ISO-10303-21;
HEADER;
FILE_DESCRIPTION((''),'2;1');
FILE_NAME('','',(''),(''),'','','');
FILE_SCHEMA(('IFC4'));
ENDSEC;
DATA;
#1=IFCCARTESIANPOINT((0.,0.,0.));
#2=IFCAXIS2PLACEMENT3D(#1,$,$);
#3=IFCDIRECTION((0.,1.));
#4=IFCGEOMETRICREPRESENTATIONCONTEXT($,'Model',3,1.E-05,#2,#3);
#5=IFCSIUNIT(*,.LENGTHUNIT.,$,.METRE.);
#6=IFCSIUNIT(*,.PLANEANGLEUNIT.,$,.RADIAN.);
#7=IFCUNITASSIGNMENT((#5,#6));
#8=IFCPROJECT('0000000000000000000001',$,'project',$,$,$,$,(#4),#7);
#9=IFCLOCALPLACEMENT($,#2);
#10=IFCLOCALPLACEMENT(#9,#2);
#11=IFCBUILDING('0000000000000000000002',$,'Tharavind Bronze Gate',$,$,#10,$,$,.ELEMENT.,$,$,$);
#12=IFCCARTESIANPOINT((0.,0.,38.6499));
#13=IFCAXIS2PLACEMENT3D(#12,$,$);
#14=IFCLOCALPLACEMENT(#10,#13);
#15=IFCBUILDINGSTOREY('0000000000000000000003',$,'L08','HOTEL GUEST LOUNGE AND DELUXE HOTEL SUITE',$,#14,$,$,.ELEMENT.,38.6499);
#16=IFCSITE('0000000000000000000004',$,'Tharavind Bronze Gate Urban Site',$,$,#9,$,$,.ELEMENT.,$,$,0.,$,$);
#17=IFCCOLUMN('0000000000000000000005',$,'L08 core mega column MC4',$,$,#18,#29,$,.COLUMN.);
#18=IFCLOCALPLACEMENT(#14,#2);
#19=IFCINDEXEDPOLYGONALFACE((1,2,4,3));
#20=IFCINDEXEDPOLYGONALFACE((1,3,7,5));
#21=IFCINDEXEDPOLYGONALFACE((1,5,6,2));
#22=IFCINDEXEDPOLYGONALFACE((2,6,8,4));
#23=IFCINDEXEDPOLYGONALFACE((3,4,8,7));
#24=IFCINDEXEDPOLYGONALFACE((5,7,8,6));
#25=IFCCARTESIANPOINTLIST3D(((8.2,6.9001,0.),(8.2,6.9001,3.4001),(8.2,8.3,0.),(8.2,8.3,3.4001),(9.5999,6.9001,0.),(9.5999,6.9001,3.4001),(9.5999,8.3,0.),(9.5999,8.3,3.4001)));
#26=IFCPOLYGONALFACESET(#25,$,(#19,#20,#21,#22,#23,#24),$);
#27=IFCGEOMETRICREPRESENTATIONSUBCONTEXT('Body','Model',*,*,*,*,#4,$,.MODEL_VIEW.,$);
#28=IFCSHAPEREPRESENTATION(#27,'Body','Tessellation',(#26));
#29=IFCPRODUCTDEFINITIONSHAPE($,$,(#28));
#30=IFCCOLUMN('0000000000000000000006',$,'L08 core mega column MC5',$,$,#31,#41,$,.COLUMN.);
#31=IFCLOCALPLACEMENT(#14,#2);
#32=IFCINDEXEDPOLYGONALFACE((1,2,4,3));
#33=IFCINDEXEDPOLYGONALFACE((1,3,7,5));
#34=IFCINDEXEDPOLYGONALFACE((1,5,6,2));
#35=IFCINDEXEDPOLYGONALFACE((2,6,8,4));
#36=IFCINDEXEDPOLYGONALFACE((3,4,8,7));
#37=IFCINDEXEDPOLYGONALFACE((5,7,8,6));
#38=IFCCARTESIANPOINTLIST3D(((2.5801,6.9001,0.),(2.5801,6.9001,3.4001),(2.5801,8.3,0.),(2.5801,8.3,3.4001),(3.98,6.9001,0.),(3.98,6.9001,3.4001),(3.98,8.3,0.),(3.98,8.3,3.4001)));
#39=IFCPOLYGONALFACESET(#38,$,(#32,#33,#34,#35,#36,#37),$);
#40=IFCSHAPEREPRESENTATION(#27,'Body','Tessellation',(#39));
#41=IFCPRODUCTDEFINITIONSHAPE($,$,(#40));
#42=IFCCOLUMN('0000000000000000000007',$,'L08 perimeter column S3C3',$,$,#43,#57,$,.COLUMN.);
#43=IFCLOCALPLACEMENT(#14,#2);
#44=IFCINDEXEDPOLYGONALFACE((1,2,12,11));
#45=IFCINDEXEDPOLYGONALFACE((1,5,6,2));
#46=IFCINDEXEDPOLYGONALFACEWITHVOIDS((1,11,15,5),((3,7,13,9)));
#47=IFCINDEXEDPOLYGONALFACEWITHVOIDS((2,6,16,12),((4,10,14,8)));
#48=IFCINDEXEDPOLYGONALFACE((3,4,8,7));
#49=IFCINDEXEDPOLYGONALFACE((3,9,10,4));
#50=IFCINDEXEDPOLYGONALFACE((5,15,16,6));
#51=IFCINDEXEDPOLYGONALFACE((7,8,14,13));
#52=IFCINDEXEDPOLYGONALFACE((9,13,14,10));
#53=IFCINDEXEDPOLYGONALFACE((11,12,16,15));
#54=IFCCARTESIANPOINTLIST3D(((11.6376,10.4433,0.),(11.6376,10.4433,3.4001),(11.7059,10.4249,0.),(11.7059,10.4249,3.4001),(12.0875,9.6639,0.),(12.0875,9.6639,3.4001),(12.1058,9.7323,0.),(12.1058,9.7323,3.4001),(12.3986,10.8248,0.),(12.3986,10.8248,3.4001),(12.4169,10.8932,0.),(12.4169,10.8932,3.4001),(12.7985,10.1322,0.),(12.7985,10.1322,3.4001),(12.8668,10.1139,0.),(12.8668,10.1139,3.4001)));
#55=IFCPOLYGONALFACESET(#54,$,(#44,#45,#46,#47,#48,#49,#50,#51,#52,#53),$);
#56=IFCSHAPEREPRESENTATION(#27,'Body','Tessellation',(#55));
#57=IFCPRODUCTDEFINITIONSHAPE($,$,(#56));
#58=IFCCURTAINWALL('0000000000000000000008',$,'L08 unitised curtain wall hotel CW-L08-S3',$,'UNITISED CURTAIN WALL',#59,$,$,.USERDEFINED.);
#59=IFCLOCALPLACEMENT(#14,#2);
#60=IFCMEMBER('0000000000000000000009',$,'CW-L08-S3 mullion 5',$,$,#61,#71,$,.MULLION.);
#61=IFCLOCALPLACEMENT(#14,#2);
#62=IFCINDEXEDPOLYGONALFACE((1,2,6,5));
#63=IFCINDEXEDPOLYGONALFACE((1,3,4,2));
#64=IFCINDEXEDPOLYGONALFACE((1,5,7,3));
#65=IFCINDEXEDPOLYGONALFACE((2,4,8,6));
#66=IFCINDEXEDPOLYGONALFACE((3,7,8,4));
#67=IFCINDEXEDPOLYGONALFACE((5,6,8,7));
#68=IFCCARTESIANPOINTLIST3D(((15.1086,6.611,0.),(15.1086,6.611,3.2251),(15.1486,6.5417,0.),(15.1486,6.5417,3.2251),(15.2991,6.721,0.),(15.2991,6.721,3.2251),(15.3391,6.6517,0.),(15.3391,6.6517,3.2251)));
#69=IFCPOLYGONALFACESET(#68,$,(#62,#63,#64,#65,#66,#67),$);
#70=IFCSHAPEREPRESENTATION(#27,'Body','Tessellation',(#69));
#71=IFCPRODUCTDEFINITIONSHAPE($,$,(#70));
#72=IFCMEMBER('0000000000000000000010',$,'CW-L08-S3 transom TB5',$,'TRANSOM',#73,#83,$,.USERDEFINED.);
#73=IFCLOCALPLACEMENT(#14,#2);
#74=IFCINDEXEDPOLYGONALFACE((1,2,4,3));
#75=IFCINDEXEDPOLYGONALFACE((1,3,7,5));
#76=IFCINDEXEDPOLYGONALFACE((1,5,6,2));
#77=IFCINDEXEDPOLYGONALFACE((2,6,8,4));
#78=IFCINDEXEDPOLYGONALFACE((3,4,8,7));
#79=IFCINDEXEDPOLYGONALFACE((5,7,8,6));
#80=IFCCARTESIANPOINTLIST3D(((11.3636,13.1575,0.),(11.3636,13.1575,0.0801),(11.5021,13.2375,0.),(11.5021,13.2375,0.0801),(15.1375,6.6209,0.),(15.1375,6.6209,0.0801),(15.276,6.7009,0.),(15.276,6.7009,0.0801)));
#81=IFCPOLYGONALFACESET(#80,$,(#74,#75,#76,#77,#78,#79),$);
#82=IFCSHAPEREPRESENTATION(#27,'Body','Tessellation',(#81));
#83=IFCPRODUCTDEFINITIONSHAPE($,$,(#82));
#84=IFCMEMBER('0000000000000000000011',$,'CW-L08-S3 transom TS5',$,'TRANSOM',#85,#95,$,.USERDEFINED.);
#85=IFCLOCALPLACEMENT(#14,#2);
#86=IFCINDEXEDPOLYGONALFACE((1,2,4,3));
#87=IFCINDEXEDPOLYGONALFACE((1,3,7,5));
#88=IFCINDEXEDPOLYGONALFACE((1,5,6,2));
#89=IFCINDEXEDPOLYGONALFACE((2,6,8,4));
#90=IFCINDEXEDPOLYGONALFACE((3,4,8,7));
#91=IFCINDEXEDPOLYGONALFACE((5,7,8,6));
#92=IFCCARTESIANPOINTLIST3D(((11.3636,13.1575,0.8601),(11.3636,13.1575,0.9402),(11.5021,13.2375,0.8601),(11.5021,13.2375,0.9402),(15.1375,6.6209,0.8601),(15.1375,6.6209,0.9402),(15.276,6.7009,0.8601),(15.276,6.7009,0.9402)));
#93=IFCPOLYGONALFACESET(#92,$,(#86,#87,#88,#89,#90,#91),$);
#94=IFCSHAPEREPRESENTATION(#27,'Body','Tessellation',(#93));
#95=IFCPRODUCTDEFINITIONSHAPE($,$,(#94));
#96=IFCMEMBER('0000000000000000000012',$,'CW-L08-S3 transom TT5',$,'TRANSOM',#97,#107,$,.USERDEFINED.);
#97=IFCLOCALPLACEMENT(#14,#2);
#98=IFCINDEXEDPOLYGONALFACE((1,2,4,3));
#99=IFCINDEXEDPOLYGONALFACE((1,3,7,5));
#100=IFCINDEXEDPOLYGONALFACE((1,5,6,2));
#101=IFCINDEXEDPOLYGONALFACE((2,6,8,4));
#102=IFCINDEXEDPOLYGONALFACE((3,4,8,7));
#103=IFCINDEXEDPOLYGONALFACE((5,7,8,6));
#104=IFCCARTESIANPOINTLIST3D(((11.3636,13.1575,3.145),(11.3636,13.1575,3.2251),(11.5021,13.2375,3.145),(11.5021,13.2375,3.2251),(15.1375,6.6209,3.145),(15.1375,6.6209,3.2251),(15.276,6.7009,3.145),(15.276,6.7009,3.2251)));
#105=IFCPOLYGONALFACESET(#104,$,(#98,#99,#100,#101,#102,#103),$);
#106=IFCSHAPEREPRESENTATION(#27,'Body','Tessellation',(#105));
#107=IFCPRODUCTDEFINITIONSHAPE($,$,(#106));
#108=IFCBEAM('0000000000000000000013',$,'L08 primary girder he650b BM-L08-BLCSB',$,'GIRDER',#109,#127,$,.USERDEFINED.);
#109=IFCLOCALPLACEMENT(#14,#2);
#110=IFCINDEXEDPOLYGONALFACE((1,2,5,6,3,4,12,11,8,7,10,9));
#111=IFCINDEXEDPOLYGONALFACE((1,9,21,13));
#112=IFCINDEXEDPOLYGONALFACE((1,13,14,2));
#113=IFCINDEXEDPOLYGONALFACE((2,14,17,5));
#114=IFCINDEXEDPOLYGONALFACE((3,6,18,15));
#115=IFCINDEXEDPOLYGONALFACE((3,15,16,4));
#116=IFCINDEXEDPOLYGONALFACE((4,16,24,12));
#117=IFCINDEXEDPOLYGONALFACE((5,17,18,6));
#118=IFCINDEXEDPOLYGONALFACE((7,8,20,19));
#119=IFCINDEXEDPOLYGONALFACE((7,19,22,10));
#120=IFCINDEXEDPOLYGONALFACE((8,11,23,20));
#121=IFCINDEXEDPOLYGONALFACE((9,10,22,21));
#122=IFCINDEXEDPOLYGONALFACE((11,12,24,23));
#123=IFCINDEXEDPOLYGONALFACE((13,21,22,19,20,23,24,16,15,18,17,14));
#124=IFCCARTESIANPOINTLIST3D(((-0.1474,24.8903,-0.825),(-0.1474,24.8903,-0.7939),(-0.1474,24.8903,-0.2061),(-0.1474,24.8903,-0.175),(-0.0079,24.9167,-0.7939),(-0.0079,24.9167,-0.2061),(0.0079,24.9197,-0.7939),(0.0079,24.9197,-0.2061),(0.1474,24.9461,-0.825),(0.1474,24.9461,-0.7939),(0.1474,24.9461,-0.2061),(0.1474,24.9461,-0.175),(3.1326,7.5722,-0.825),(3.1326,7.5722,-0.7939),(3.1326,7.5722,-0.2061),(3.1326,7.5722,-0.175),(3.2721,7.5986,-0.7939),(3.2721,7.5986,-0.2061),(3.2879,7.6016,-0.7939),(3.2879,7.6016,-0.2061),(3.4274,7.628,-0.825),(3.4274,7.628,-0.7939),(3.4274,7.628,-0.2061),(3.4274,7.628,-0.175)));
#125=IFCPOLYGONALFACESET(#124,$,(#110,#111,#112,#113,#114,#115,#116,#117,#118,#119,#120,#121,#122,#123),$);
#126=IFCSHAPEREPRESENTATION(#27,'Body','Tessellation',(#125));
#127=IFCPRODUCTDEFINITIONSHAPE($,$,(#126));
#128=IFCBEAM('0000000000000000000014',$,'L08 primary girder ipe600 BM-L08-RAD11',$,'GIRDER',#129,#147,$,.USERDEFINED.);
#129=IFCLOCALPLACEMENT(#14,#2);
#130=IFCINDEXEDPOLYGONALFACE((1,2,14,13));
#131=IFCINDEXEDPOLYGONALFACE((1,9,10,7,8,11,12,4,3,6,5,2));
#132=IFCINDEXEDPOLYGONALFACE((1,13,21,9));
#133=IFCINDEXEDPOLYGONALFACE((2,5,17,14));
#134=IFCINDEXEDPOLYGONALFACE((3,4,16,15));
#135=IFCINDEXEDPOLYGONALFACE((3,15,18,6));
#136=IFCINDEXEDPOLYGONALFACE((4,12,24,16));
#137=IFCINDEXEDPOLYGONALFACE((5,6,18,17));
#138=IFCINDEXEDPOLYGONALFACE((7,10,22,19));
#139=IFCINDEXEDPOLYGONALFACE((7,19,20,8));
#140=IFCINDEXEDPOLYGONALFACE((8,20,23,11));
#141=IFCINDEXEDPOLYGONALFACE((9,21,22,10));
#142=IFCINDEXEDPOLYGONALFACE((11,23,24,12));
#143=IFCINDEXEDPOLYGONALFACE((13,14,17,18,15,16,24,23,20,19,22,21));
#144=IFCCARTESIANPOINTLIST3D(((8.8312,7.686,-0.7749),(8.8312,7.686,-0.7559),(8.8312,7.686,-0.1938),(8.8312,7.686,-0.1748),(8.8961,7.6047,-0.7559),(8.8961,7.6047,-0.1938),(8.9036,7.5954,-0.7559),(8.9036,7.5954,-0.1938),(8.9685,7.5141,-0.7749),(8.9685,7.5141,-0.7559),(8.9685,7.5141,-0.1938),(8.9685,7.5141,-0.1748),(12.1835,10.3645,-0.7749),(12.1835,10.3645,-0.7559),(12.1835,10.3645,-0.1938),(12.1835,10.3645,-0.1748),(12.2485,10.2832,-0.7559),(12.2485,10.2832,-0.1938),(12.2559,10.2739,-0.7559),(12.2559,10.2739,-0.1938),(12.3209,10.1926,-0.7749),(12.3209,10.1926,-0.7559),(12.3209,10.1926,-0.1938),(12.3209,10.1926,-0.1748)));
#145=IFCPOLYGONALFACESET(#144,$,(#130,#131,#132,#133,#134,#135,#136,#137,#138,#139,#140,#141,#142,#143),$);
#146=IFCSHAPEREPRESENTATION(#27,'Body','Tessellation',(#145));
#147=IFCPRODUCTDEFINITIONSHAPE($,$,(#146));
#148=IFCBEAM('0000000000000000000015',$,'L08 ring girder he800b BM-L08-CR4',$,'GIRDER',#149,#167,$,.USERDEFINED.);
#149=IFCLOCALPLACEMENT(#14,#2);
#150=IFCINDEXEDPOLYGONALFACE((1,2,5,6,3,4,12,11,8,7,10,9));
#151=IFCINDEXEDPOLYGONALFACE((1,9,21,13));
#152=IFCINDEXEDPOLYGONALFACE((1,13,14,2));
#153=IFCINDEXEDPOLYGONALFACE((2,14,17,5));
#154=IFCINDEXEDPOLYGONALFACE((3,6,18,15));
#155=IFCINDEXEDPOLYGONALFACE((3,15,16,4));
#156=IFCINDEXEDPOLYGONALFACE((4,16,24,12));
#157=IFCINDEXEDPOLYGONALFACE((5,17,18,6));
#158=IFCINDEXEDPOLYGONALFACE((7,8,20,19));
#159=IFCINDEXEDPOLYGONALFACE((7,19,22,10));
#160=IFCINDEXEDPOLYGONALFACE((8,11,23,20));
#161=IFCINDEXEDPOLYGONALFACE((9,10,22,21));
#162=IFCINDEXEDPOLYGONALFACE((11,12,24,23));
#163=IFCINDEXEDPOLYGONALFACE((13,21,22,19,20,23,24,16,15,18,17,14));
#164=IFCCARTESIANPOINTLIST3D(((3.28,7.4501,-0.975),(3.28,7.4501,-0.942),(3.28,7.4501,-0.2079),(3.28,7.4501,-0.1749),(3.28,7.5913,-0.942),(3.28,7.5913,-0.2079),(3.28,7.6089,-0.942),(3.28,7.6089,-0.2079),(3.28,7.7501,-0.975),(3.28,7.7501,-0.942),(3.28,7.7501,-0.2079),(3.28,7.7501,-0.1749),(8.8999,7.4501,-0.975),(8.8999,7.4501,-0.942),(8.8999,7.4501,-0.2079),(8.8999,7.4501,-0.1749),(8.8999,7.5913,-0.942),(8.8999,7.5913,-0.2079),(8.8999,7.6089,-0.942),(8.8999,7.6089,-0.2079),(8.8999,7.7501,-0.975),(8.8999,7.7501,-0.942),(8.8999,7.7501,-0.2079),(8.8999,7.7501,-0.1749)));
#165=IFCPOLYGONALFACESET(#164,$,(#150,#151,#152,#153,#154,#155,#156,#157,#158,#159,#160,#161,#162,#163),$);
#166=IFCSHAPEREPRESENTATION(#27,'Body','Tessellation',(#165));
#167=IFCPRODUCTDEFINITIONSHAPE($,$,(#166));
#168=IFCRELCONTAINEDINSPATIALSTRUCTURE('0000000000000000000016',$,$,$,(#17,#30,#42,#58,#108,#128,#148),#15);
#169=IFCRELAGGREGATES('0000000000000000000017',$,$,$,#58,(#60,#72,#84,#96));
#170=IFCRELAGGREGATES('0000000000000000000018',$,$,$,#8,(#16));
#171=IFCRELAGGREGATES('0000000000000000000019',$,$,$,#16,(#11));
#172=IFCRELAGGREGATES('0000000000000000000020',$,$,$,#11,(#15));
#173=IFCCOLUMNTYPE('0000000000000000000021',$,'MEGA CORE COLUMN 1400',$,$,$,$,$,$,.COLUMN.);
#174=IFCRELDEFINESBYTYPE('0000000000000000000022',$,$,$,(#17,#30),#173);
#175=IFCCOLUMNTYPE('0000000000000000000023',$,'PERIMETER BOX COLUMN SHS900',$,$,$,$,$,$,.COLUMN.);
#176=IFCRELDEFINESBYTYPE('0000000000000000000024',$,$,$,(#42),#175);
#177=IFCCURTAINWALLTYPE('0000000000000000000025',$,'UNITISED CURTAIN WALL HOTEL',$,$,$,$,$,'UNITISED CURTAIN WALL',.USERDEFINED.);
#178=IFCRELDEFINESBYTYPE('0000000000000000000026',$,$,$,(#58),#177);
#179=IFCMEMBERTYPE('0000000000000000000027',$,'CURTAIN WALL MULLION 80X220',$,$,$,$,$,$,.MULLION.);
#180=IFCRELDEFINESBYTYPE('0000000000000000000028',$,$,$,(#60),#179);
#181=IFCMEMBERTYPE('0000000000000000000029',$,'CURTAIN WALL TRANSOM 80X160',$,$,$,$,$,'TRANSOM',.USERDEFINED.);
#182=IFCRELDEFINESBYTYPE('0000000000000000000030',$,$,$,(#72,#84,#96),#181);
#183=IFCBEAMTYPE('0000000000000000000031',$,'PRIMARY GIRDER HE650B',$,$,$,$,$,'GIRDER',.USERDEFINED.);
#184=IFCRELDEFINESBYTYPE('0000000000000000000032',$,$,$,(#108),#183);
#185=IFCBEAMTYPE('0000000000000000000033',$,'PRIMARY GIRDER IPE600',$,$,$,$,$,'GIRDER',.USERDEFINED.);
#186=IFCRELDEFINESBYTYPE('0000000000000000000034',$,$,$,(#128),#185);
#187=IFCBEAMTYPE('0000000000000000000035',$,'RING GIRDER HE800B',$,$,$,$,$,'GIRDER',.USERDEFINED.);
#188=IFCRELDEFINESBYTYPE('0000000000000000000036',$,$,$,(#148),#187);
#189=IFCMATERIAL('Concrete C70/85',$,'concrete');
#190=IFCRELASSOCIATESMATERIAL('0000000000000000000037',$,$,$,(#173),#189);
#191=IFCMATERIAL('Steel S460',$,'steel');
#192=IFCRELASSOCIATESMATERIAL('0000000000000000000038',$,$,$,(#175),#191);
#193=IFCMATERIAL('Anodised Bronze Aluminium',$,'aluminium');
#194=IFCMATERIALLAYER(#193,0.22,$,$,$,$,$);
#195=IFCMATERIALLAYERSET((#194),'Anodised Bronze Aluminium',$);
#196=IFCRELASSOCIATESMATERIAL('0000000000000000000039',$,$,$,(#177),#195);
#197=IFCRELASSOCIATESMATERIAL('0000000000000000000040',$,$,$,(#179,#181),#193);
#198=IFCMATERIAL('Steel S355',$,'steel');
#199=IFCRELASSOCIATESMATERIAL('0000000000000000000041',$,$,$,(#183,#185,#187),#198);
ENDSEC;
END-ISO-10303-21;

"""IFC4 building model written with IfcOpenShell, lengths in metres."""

from ifc_helpers import new_model, si_unit, direction, frame, origin, origin_2d, place, context, subcontext, project, spatial, rectangle, hollow_rectangle, i_section, extrude, material, layer, layer_set, material_profile, profile_set, type_object, element, aggregate, save


model = new_model("IFC4")

# Units and contexts
model_context = context("Model", 3, precision=1e-05, world=origin(), true_north=direction((0.0, 1.0)))
body_context = subcontext(model_context, "Body", "Model", "MODEL_VIEW")
ifc_project = project(units=[si_unit("LENGTHUNIT", "METRE"), si_unit("PLANEANGLEUNIT", "RADIAN")], contexts=[model_context])

# Site, building, storey
site_placement = place(None, origin())
site = spatial("IfcSite", under=ifc_project, at=site_placement, Name="Tharavind Bronze Gate Urban Site", CompositionType="ELEMENT", RefElevation=0.0)
building_placement = place(site_placement, origin())
building = spatial("IfcBuilding", under=site, at=building_placement, Name="Tharavind Bronze Gate", CompositionType="ELEMENT")
storey_placement = place(building_placement, frame((0.0, 0.0, 38.6499)))
storey = spatial("IfcBuildingStorey", under=building, at=storey_placement, Name="L08", Description="HOTEL GUEST LOUNGE AND DELUXE HOTEL SUITE", CompositionType="ELEMENT", Elevation=38.6499)

# Columns
ifc_material_1 = material(Name="Concrete C70/85", Category="concrete")
ifc_material_profile_1 = material_profile(ifc_material_1, rectangle(XDim=1.3999, YDim=1.3999, at=origin_2d()), Name="RCCOL1400")
ifc_profile_set_1 = profile_set([ifc_material_profile_1], Name="Concrete C70/85")
column_type_1 = type_object("IfcColumnType", Name="MEGA CORE COLUMN 1400", PredefinedType="COLUMN", material=ifc_profile_set_1)
for number, where, z_axis, x_axis, name in (
    (1, (8.8999, 7.6001, 0.0), (0.0, 0.0, 1.0), (1.0, 0.0, 0.0), "L08 core mega column MC4"),
    (2, (3.28, 7.6001, 0.0), (0.0, 0.0, 1.0), (1.0, 0.0, 0.0), "L08 core mega column MC5"),
):
    element("IfcColumn", number, at=place(storey_placement, frame(where, z_axis=z_axis, x_axis=x_axis)), inside=storey, type_object=column_type_1, Name=name, PredefinedType="COLUMN", context=body_context, shape_type="SweptSolid", body=[
        extrude(rectangle(XDim=1.3999, YDim=1.3999, at=origin_2d()), origin(), (0.0, 0.0, 1.0), 3.4001),
    ])
ifc_material_2 = material(Name="Steel S460", Category="steel")
ifc_material_profile_2 = material_profile(ifc_material_2, hollow_rectangle(XDim=0.8999, YDim=0.8999, WallThickness=0.05, at=origin_2d()), Name="SHS900X50")
ifc_profile_set_2 = profile_set([ifc_material_profile_2], Name="Steel S460")
column_type_2 = type_object("IfcColumnType", Name="PERIMETER BOX COLUMN SHS900", PredefinedType="COLUMN", material=ifc_profile_set_2)
column_placement = place(storey_placement, frame((12.2522, 10.2786, 0.0), z_axis=(0.0, 0.0, 1.0), x_axis=(-0.500002, 0.866025, 0.0)))
element("IfcColumn", 3, at=column_placement, inside=storey, type_object=column_type_2, Name="L08 perimeter column S3C3", PredefinedType="COLUMN", context=body_context, shape_type="SweptSolid", body=[
    extrude(hollow_rectangle(XDim=0.8999, YDim=0.8999, WallThickness=0.05, at=origin_2d()), origin(), (0.0, 0.0, 1.0), 3.4001),
])

# Curtain wall, members
ifc_material_3 = material(Name="Anodised Bronze Aluminium", Category="aluminium")
ifc_layer_1 = layer(ifc_material_3, 0.22)
ifc_layer_set_1 = layer_set([ifc_layer_1], Name="Anodised Bronze Aluminium")
curtain_wall_type = type_object("IfcCurtainWallType", Name="UNITISED CURTAIN WALL HOTEL", ElementType="UNITISED CURTAIN WALL", PredefinedType="USERDEFINED", material=ifc_layer_set_1)
curtain_wall_placement = place(storey_placement, origin())
curtain_wall = element("IfcCurtainWall", 4, at=curtain_wall_placement, inside=storey, type_object=curtain_wall_type, Name="L08 unitised curtain wall hotel CW-L08-S3", ObjectType="UNITISED CURTAIN WALL", PredefinedType="USERDEFINED")
member_type_1 = type_object("IfcMemberType", Name="CURTAIN WALL MULLION 80X220", PredefinedType="MULLION", material=ifc_material_3)
member_1_placement = place(storey_placement, frame((15.2239, 6.6313, 0.0), z_axis=(0.0, 0.0, 1.0), x_axis=(-0.500002, 0.866025, 0.0)))
member_1 = element("IfcMember", 5, at=member_1_placement, type_object=member_type_1, Name="CW-L08-S3 mullion 5", PredefinedType="MULLION", context=body_context, shape_type="SweptSolid", body=[
    extrude(rectangle(XDim=0.0801, YDim=0.22, at=origin_2d()), origin(), (0.0, 0.0, 1.0), 3.2251),
])
member_type_2 = type_object("IfcMemberType", Name="CURTAIN WALL TRANSOM 80X160", ElementType="TRANSOM", PredefinedType="USERDEFINED", material=ifc_material_3)
member_2_placement = place(storey_placement, frame((13.3198, 9.9292, 0.0), z_axis=(0.0, 0.0, 1.0), x_axis=(-0.500002, 0.866025, 0.0)))
member_2 = element("IfcMember", 6, at=member_2_placement, type_object=member_type_2, Name="CW-L08-S3 transom TB5", ObjectType="TRANSOM", PredefinedType="USERDEFINED", context=body_context, shape_type="SweptSolid", body=[
    extrude(rectangle(XDim=7.5479, YDim=0.1599, at=origin_2d()), origin(), (0.0, 0.0, 1.0), 0.0801),
])
member_3_placement = place(storey_placement, frame((13.3198, 9.9292, 0.8601), z_axis=(0.0, 0.0, 1.0), x_axis=(-0.500002, 0.866025, 0.0)))
member_3 = element("IfcMember", 7, at=member_3_placement, type_object=member_type_2, Name="CW-L08-S3 transom TS5", ObjectType="TRANSOM", PredefinedType="USERDEFINED", context=body_context, shape_type="SweptSolid", body=[
    extrude(rectangle(XDim=7.5479, YDim=0.1599, at=origin_2d()), origin(), (0.0, 0.0, 1.0), 0.0801),
])
member_4_placement = place(storey_placement, frame((13.3198, 9.9292, 3.145), z_axis=(0.0, 0.0, 1.0), x_axis=(-0.500002, 0.866025, 0.0)))
member_4 = element("IfcMember", 8, at=member_4_placement, type_object=member_type_2, Name="CW-L08-S3 transom TT5", ObjectType="TRANSOM", PredefinedType="USERDEFINED", context=body_context, shape_type="SweptSolid", body=[
    extrude(rectangle(XDim=7.5479, YDim=0.1599, at=origin_2d()), origin(), (0.0, 0.0, 1.0), 0.0801),
])

# Beams
ifc_material_4 = material(Name="Steel S355", Category="steel")
ifc_material_profile_3 = material_profile(ifc_material_4, i_section(OverallWidth=0.3, OverallDepth=0.6499, WebThickness=0.0161, FlangeThickness=0.031, at=origin_2d()), Name="HE650B")
ifc_profile_set_3 = profile_set([ifc_material_profile_3], Name="Steel S355")
beam_type_1 = type_object("IfcBeamType", Name="PRIMARY GIRDER HE650B", ElementType="GIRDER", PredefinedType="USERDEFINED", material=ifc_profile_set_3)
beam_1_placement = place(storey_placement, frame((3.28, 7.6001, -0.5), z_axis=(-0.18609, 0.982533, 0.0), x_axis=(-0.982533, -0.18609, 0.0)))
element("IfcBeam", 9, at=beam_1_placement, inside=storey, type_object=beam_type_1, Name="L08 primary girder he650b BM-L08-BLCSB", ObjectType="GIRDER", PredefinedType="USERDEFINED", context=body_context, shape_type="SweptSolid", body=[
    extrude(i_section(OverallWidth=0.3, OverallDepth=0.6499, WebThickness=0.0161, FlangeThickness=0.031, at=origin_2d()), origin(), (0.0, 0.0, 1.0), 17.626),
])
ifc_material_profile_4 = material_profile(ifc_material_4, i_section(OverallWidth=0.22, OverallDepth=0.6001, WebThickness=0.012, FlangeThickness=0.019, at=origin_2d()), Name="IPE600")
ifc_profile_set_4 = profile_set([ifc_material_profile_4], Name="Steel S355")
beam_type_2 = type_object("IfcBeamType", Name="PRIMARY GIRDER IPE600", ElementType="GIRDER", PredefinedType="USERDEFINED", material=ifc_profile_set_4)
beam_2_placement = place(storey_placement, frame((12.2522, 10.2786, -0.4749), z_axis=(-0.781252, -0.624216, 0.0), x_axis=(0.624216, -0.781252, 0.0)))
element("IfcBeam", 10, at=beam_2_placement, inside=storey, type_object=beam_type_2, Name="L08 primary girder ipe600 BM-L08-RAD11", ObjectType="GIRDER", PredefinedType="USERDEFINED", context=body_context, shape_type="SweptSolid", body=[
    extrude(i_section(OverallWidth=0.22, OverallDepth=0.6001, WebThickness=0.012, FlangeThickness=0.019, at=origin_2d()), origin(), (0.0, 0.0, 1.0), 4.291),
])
ifc_material_profile_5 = material_profile(ifc_material_4, i_section(OverallWidth=0.3, OverallDepth=0.8, WebThickness=0.0176, FlangeThickness=0.033, at=origin_2d()), Name="HE800B")
ifc_profile_set_5 = profile_set([ifc_material_profile_5], Name="Steel S355")
beam_type_3 = type_object("IfcBeamType", Name="RING GIRDER HE800B", ElementType="GIRDER", PredefinedType="USERDEFINED", material=ifc_profile_set_5)
beam_3_placement = place(storey_placement, frame((8.8999, 7.6001, -0.575), z_axis=(-1.0, 0.0, 0.0), x_axis=(0.0, -1.0, 0.0)))
element("IfcBeam", 11, at=beam_3_placement, inside=storey, type_object=beam_type_3, Name="L08 ring girder he800b BM-L08-CR4", ObjectType="GIRDER", PredefinedType="USERDEFINED", context=body_context, shape_type="SweptSolid", body=[
    extrude(i_section(OverallWidth=0.3, OverallDepth=0.8, WebThickness=0.0176, FlangeThickness=0.033, at=origin_2d()), origin(), (0.0, 0.0, 1.0), 5.6199),
])

aggregate(curtain_wall, [member_1, member_2, member_3, member_4])

save(model, "model.ifc")
